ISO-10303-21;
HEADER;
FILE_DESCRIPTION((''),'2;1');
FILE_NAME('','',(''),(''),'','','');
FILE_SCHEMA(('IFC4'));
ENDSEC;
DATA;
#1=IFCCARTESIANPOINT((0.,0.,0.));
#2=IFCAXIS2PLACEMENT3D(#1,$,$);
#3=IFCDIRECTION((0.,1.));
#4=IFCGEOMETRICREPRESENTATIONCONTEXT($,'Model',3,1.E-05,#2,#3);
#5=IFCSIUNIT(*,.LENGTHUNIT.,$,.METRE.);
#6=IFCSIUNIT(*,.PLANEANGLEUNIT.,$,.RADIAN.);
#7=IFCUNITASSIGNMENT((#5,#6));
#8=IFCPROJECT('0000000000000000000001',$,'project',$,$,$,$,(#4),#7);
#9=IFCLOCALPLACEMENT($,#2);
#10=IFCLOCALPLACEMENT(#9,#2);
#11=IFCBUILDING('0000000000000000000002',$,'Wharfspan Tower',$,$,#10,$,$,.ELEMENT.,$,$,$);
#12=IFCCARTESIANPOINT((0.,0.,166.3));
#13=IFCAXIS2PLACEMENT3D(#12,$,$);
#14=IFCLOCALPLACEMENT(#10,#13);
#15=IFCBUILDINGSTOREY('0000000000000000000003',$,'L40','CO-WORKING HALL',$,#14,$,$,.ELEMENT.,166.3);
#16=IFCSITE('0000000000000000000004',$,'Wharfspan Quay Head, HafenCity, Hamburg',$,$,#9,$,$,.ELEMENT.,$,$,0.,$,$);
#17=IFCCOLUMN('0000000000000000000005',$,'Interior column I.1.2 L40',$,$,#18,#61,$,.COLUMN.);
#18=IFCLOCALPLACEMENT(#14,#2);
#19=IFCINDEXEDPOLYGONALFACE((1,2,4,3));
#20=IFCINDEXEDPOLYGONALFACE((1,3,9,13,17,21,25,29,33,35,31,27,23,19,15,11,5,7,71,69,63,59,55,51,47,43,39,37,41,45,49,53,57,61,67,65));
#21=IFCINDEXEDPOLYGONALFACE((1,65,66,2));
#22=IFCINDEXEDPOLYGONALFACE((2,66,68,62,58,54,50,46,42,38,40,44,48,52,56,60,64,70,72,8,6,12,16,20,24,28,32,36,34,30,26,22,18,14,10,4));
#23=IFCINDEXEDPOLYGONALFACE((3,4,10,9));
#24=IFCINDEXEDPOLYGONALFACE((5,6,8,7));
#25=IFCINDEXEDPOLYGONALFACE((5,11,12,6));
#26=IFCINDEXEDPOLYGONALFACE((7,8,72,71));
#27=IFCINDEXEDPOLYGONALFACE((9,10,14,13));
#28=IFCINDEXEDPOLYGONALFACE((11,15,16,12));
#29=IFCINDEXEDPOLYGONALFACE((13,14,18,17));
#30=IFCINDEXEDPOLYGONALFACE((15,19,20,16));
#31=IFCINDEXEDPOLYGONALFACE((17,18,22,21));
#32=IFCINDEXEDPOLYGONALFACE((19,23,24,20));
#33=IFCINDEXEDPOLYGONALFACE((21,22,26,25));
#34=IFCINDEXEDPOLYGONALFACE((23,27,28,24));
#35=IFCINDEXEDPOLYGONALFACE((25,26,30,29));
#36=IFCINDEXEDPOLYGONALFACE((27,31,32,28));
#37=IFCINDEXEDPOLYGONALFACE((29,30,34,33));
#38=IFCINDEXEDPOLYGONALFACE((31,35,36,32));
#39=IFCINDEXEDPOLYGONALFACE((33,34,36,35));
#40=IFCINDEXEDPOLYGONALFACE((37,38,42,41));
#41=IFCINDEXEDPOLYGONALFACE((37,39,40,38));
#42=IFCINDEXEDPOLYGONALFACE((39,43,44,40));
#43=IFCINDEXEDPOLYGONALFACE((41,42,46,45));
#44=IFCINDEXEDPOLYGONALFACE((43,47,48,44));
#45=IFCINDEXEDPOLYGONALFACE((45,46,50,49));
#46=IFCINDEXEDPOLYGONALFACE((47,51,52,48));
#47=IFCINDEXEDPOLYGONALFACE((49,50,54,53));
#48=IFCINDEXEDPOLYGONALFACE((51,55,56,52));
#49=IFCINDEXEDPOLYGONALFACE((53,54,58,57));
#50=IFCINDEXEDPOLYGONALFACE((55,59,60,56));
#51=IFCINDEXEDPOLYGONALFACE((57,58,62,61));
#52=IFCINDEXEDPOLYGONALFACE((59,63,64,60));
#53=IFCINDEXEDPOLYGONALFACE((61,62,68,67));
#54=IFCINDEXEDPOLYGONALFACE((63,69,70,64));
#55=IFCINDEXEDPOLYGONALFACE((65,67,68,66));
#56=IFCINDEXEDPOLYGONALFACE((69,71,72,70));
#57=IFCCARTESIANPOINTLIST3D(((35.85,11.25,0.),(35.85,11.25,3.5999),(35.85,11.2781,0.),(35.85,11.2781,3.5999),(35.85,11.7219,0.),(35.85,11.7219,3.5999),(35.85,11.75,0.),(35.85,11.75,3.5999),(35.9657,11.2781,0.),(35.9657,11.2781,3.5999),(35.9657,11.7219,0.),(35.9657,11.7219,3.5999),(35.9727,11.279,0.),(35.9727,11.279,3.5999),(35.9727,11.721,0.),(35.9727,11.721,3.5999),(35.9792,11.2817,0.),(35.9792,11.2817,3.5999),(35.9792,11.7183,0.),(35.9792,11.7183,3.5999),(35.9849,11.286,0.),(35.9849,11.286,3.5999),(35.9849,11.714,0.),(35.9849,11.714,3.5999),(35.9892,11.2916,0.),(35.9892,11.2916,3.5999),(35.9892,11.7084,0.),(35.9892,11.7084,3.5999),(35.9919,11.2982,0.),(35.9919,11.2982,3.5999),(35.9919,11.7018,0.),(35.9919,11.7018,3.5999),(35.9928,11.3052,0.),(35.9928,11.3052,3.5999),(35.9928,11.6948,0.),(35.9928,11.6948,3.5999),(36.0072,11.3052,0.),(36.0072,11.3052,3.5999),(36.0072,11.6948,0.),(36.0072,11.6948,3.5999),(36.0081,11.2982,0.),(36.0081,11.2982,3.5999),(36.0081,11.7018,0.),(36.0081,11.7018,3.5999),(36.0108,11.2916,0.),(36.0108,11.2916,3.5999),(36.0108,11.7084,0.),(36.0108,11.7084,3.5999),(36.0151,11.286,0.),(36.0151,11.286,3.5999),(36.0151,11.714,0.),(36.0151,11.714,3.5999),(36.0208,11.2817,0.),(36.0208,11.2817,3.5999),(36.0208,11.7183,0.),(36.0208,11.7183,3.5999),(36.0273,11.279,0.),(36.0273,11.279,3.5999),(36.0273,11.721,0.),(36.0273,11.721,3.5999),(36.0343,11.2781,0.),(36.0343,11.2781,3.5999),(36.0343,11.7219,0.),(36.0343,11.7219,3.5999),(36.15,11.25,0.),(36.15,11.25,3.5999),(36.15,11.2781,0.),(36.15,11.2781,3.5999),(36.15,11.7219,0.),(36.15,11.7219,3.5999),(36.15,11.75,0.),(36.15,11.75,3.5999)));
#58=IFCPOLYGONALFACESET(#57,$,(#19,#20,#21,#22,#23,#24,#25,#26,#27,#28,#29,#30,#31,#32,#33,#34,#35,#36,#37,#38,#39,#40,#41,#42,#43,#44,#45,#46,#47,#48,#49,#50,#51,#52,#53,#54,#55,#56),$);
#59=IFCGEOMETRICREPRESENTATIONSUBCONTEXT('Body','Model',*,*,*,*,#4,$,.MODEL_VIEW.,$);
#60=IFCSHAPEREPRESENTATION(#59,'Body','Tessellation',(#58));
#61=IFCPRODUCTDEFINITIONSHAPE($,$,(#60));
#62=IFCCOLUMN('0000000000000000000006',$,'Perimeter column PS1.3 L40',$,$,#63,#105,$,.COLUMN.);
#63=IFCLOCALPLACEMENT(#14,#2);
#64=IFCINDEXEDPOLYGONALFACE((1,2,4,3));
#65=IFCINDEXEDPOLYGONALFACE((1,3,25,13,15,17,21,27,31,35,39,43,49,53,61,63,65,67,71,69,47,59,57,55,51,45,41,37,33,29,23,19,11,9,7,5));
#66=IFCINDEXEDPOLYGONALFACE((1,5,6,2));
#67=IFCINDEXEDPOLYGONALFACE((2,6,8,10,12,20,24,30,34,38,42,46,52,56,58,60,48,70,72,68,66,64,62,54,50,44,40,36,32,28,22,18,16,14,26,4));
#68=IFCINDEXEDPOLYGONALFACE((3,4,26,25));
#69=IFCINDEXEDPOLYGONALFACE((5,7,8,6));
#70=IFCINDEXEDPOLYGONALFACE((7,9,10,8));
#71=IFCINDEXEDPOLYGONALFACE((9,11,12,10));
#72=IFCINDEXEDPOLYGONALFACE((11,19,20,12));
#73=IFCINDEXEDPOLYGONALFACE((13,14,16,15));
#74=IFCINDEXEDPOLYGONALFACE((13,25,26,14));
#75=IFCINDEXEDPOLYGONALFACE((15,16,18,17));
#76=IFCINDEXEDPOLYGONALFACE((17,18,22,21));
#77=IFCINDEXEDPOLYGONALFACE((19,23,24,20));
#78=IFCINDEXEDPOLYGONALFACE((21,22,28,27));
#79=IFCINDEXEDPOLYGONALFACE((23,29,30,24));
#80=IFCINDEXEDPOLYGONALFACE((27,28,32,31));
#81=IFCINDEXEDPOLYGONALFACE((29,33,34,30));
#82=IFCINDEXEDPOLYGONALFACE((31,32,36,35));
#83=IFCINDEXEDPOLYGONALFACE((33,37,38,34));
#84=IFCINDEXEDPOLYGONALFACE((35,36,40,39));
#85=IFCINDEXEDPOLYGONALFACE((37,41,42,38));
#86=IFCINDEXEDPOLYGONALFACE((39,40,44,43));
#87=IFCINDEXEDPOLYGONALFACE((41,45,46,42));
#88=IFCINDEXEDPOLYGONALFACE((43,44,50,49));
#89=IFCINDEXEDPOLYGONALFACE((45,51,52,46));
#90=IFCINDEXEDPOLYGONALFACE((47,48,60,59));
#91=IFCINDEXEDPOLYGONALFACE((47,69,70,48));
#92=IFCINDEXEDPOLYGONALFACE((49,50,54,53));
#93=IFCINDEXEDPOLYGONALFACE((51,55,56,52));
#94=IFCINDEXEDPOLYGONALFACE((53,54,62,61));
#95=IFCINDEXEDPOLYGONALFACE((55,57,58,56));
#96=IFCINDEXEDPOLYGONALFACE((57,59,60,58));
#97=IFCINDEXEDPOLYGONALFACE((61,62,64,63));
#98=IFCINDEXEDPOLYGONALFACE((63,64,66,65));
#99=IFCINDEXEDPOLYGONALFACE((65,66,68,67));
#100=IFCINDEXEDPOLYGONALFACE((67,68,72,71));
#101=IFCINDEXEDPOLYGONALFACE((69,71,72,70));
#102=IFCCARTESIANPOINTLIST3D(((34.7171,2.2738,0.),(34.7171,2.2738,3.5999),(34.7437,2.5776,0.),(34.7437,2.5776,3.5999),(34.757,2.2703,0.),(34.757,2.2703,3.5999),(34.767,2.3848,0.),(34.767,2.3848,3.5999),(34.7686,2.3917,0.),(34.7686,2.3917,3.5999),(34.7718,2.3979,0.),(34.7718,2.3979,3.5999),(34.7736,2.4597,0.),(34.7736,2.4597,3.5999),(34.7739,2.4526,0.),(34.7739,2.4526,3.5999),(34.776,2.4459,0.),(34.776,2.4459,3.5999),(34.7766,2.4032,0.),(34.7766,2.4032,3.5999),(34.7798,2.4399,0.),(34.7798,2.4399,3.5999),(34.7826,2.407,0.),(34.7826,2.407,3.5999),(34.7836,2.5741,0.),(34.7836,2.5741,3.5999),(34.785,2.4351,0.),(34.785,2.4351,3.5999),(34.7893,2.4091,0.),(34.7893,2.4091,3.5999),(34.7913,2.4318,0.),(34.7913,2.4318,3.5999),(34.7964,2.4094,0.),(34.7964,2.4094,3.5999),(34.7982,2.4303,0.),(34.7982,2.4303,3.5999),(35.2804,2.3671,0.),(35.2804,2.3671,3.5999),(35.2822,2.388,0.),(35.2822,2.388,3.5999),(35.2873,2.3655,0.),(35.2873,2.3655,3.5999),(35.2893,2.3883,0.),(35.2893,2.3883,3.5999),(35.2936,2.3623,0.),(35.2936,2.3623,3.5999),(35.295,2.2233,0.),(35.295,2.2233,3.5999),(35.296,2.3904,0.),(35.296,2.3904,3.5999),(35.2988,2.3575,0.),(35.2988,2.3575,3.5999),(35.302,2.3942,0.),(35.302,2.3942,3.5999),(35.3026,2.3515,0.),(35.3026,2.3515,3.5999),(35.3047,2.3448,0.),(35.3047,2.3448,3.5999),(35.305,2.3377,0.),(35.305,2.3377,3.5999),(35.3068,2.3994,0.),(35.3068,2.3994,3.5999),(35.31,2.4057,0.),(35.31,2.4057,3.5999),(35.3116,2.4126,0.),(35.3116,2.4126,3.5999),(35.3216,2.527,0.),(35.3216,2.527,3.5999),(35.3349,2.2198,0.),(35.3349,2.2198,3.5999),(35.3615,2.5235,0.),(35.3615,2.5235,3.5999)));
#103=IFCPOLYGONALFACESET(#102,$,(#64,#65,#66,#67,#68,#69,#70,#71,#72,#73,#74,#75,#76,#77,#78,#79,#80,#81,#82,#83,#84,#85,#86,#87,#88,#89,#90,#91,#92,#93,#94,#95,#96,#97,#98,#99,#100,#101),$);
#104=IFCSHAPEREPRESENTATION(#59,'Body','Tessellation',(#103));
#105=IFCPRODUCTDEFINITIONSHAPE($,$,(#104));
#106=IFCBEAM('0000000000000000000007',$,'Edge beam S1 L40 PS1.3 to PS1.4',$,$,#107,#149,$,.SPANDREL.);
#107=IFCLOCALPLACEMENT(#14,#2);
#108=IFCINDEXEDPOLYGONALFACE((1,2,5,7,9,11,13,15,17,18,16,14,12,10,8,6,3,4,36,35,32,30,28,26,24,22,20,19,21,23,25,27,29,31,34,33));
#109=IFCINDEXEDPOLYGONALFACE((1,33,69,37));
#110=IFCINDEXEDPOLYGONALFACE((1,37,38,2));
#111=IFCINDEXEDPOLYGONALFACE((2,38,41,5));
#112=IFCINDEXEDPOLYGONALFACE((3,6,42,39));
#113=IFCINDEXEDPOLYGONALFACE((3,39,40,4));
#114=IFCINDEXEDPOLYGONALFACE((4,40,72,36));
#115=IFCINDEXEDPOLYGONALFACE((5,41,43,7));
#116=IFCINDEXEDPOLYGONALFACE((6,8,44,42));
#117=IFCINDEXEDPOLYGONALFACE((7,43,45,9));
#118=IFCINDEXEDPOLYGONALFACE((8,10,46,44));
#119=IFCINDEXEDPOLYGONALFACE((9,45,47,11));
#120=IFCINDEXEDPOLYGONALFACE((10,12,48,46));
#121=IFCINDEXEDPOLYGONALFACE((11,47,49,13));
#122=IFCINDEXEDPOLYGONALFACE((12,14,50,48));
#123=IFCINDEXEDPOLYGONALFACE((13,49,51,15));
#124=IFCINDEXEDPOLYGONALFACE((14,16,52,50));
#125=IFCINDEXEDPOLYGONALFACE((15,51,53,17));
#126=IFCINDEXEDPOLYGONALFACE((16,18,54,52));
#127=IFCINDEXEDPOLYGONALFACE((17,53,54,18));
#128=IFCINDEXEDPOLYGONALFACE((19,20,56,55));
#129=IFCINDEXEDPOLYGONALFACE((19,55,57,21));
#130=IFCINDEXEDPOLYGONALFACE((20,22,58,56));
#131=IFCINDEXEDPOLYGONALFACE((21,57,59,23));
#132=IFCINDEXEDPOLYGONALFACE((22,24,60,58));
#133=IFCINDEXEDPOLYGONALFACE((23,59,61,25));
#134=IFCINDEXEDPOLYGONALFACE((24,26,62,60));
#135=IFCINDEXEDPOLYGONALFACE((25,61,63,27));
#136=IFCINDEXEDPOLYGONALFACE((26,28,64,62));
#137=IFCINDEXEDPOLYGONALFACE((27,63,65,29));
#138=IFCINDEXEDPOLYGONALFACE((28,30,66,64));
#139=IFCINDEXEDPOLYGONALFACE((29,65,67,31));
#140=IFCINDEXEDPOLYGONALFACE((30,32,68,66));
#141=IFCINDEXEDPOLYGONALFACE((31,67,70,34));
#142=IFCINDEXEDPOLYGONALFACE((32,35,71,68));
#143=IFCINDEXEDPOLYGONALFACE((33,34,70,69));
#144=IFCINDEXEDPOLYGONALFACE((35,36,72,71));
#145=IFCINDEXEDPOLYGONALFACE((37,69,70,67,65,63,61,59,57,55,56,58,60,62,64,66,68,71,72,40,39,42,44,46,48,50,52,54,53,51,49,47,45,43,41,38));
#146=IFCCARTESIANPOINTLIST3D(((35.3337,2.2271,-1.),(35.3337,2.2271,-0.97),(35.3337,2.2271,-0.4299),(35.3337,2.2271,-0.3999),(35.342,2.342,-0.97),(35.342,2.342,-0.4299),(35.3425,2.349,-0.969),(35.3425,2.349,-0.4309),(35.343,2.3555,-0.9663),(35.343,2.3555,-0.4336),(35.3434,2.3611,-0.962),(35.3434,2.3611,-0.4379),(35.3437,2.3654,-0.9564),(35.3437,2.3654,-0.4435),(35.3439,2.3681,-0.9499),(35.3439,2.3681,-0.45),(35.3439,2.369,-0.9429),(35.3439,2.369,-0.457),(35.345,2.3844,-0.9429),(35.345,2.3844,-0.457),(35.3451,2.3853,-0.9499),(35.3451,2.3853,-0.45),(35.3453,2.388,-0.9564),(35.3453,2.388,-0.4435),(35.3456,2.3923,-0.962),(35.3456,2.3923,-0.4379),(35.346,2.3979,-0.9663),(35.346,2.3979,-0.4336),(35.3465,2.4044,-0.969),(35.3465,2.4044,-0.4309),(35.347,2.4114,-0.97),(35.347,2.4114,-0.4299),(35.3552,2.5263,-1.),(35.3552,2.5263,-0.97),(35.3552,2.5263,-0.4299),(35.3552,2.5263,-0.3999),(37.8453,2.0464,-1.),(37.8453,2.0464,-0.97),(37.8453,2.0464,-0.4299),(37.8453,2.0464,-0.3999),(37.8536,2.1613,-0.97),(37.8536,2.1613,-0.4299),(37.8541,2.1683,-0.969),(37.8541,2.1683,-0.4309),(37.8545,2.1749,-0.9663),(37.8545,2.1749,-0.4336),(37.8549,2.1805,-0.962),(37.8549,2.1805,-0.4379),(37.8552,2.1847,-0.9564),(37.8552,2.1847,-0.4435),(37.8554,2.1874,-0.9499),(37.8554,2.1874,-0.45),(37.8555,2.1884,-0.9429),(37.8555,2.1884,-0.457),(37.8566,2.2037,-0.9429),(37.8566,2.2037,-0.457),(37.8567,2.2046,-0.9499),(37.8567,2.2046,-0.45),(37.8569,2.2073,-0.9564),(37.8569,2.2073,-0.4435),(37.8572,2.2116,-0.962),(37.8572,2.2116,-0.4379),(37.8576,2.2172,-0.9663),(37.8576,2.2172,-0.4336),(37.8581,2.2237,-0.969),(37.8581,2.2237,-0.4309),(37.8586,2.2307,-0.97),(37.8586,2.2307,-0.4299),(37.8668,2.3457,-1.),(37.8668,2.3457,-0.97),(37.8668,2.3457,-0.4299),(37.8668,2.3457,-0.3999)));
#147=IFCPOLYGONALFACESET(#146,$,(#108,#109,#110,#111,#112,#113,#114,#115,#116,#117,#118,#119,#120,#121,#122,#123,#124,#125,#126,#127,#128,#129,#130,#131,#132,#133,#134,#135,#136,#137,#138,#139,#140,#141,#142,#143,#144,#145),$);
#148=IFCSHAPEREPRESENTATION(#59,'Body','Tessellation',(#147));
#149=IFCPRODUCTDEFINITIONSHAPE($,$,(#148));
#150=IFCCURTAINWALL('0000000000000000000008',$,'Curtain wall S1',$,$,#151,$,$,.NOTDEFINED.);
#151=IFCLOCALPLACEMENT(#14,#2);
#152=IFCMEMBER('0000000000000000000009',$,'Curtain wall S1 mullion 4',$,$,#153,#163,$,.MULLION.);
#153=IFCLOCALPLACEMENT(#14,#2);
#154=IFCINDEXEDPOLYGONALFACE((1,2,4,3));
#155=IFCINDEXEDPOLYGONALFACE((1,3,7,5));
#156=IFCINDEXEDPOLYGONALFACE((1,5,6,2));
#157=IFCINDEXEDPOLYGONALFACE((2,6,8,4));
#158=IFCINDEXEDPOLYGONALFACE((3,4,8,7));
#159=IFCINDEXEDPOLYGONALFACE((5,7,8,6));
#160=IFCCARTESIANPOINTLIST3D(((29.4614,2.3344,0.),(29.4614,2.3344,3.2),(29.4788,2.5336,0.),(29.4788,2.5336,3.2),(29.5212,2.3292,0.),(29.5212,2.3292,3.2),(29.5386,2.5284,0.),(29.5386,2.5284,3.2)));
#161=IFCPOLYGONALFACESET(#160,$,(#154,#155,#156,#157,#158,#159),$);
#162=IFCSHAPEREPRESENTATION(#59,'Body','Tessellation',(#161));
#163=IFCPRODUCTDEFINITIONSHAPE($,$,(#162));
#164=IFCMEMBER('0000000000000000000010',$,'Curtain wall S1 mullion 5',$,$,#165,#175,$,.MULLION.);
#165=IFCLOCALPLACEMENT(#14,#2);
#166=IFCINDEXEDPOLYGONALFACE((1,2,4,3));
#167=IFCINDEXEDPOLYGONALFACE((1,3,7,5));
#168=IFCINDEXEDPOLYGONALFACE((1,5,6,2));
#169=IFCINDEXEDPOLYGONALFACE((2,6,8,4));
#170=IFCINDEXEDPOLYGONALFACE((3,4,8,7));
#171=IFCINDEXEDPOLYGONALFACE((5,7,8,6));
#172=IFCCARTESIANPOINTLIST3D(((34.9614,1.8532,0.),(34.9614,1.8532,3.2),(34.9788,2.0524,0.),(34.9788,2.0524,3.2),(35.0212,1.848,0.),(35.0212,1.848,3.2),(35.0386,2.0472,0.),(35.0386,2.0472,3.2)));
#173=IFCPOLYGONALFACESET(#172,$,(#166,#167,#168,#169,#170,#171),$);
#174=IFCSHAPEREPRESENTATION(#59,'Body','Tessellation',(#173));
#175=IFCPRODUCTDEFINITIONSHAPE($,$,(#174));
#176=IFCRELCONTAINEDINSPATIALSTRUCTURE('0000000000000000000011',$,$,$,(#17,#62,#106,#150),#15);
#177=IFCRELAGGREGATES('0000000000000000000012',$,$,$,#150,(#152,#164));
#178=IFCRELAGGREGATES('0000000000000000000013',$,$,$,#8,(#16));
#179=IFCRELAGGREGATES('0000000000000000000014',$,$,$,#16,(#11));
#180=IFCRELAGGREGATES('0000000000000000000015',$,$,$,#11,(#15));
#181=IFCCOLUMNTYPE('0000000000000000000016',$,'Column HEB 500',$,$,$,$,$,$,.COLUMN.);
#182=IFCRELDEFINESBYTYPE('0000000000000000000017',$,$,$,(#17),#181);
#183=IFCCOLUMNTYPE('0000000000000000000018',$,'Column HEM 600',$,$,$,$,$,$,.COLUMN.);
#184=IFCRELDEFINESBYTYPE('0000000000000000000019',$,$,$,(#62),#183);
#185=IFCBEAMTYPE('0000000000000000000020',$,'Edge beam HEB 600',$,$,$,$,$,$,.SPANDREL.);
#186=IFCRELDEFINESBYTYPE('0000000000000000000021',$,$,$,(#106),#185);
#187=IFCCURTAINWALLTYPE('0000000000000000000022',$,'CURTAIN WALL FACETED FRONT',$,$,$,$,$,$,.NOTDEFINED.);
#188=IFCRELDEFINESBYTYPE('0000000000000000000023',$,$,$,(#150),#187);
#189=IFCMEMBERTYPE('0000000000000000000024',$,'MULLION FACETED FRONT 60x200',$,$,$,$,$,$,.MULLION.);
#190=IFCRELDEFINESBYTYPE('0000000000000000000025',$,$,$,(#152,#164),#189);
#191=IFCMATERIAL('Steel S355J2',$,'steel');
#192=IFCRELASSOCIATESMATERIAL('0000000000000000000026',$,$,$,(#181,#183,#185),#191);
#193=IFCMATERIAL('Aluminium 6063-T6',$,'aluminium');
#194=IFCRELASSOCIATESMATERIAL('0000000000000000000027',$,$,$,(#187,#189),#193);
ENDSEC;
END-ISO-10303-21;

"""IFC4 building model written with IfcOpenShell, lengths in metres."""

from ifc_helpers import new_model, si_unit, direction, frame, origin, origin_2d, place, context, subcontext, project, spatial, rectangle, i_section, extrude, material, material_profile, profile_set, type_object, element, aggregate, save


model = new_model("IFC4")

# Units and contexts
model_context = context("Model", 3, precision=1e-05, world=origin(), true_north=direction((0.0, 1.0)))
body_context = subcontext(model_context, "Body", "Model", "MODEL_VIEW")
ifc_project = project(units=[si_unit("LENGTHUNIT", "METRE"), si_unit("PLANEANGLEUNIT", "RADIAN")], contexts=[model_context])

# Site, building, storey
site_placement = place(None, origin())
site = spatial("IfcSite", under=ifc_project, at=site_placement, Name="Wharfspan Quay Head, HafenCity, Hamburg", CompositionType="ELEMENT", RefElevation=0.0)
building_placement = place(site_placement, origin())
building = spatial("IfcBuilding", under=site, at=building_placement, Name="Wharfspan Tower", CompositionType="ELEMENT")
storey_placement = place(building_placement, frame((0.0, 0.0, 166.3)))
storey = spatial("IfcBuildingStorey", under=building, at=storey_placement, Name="L40", Description="CO-WORKING HALL", CompositionType="ELEMENT", Elevation=166.3)

# Columns
ifc_material_1 = material(Name="Steel S355J2", Category="steel")
ifc_material_profile_1 = material_profile(ifc_material_1, i_section(OverallWidth=0.3, OverallDepth=0.5, WebThickness=0.0144, FlangeThickness=0.0281, FilletRadius=0.0271, at=origin_2d()))
ifc_profile_set_1 = profile_set([ifc_material_profile_1], Name="Steel S355J2")
column_type_1 = type_object("IfcColumnType", Name="Column HEB 500", PredefinedType="COLUMN", material=ifc_profile_set_1)
column_1_placement = place(storey_placement, frame((36.0, 11.5, 0.0), z_axis=(0.0, 0.0, 1.0), x_axis=(1.0, 0.0, 0.0)))
element("IfcColumn", 1, at=column_1_placement, inside=storey, type_object=column_type_1, Name="Interior column I.1.2 L40", PredefinedType="COLUMN", context=body_context, shape_type="SweptSolid", body=[
    extrude(i_section(OverallWidth=0.3, OverallDepth=0.5, WebThickness=0.0144, FlangeThickness=0.0281, FilletRadius=0.0271, at=origin_2d()), origin(), (0.0, 0.0, 1.0), 3.5999),
])
ifc_material_profile_2 = material_profile(ifc_material_1, i_section(OverallWidth=0.3049, OverallDepth=0.6201, WebThickness=0.021, FlangeThickness=0.04, FilletRadius=0.0271, at=origin_2d()))
ifc_profile_set_2 = profile_set([ifc_material_profile_2], Name="Steel S355J2")
column_type_2 = type_object("IfcColumnType", Name="Column HEM 600", PredefinedType="COLUMN", material=ifc_profile_set_2)
column_2_placement = place(storey_placement, frame((35.0393, 2.3987, 0.0), z_axis=(0.0, 0.0, 1.0), x_axis=(-0.087156, -0.996198, 0.0)))
element("IfcColumn", 2, at=column_2_placement, inside=storey, type_object=column_type_2, Name="Perimeter column PS1.3 L40", PredefinedType="COLUMN", context=body_context, shape_type="SweptSolid", body=[
    extrude(i_section(OverallWidth=0.3049, OverallDepth=0.6201, WebThickness=0.021, FlangeThickness=0.04, FilletRadius=0.0271, at=origin_2d()), origin(), (0.0, 0.0, 1.0), 3.5999),
])

# Beam
ifc_material_profile_3 = material_profile(ifc_material_1, i_section(OverallWidth=0.3, OverallDepth=0.6001, WebThickness=0.0154, FlangeThickness=0.03, FilletRadius=0.0271, at=origin_2d()))
ifc_profile_set_3 = profile_set([ifc_material_profile_3], Name="Steel S355J2")
beam_type = type_object("IfcBeamType", Name="Edge beam HEB 600", PredefinedType="SPANDREL", material=ifc_profile_set_3)
beam_placement = place(storey_placement, frame((35.3445, 2.3767, -0.7), z_axis=(0.997423, -0.07175, 0.0), x_axis=(0.07175, 0.997423, 0.0)))
element("IfcBeam", 3, at=beam_placement, inside=storey, type_object=beam_type, Name="Edge beam S1 L40 PS1.3 to PS1.4", PredefinedType="SPANDREL", context=body_context, shape_type="SweptSolid", body=[
    extrude(i_section(OverallWidth=0.3, OverallDepth=0.6001, WebThickness=0.0154, FlangeThickness=0.03, FilletRadius=0.0271, at=origin_2d()), origin(), (0.0, 0.0, 1.0), 2.5181),
])

# Curtain wall, members
ifc_material_2 = material(Name="Aluminium 6063-T6", Category="aluminium")
curtain_wall_type = type_object("IfcCurtainWallType", Name="CURTAIN WALL FACETED FRONT", PredefinedType="NOTDEFINED", material=ifc_material_2)
curtain_wall_placement = place(storey_placement, origin())
curtain_wall = element("IfcCurtainWall", 4, at=curtain_wall_placement, inside=storey, type_object=curtain_wall_type, Name="Curtain wall S1", PredefinedType="NOTDEFINED")
ifc_material_profile_4 = material_profile(ifc_material_2, rectangle(XDim=0.2, YDim=0.0601, at=origin_2d()))
ifc_profile_set_4 = profile_set([ifc_material_profile_4], Name="Aluminium 6063-T6")
member_type_1 = type_object("IfcMemberType", Name="MULLION FACETED FRONT 60x200", PredefinedType="MULLION", material=ifc_profile_set_4)
member_1_placement = place(storey_placement, frame((29.5, 2.4314, 0.0), z_axis=(0.0, 0.0, 1.0), x_axis=(0.087156, 0.996198, 0.0)))
member_1 = element("IfcMember", 5, at=member_1_placement, type_object=member_type_1, Name="Curtain wall S1 mullion 4", PredefinedType="MULLION", context=body_context, shape_type="SweptSolid", body=[
    extrude(rectangle(XDim=0.2, YDim=0.0601, at=origin_2d()), origin(), (0.0, 0.0, 1.0), 3.2),
])
member_2_placement = place(storey_placement, frame((35.0, 1.9502, 0.0), z_axis=(0.0, 0.0, 1.0), x_axis=(0.087156, 0.996198, 0.0)))
member_2 = element("IfcMember", 6, at=member_2_placement, type_object=member_type_1, Name="Curtain wall S1 mullion 5", PredefinedType="MULLION", context=body_context, shape_type="SweptSolid", body=[
    extrude(rectangle(XDim=0.2, YDim=0.0601, at=origin_2d()), origin(), (0.0, 0.0, 1.0), 3.2),
])

aggregate(curtain_wall, [member_1, member_2])

save(model, "model.ifc")
